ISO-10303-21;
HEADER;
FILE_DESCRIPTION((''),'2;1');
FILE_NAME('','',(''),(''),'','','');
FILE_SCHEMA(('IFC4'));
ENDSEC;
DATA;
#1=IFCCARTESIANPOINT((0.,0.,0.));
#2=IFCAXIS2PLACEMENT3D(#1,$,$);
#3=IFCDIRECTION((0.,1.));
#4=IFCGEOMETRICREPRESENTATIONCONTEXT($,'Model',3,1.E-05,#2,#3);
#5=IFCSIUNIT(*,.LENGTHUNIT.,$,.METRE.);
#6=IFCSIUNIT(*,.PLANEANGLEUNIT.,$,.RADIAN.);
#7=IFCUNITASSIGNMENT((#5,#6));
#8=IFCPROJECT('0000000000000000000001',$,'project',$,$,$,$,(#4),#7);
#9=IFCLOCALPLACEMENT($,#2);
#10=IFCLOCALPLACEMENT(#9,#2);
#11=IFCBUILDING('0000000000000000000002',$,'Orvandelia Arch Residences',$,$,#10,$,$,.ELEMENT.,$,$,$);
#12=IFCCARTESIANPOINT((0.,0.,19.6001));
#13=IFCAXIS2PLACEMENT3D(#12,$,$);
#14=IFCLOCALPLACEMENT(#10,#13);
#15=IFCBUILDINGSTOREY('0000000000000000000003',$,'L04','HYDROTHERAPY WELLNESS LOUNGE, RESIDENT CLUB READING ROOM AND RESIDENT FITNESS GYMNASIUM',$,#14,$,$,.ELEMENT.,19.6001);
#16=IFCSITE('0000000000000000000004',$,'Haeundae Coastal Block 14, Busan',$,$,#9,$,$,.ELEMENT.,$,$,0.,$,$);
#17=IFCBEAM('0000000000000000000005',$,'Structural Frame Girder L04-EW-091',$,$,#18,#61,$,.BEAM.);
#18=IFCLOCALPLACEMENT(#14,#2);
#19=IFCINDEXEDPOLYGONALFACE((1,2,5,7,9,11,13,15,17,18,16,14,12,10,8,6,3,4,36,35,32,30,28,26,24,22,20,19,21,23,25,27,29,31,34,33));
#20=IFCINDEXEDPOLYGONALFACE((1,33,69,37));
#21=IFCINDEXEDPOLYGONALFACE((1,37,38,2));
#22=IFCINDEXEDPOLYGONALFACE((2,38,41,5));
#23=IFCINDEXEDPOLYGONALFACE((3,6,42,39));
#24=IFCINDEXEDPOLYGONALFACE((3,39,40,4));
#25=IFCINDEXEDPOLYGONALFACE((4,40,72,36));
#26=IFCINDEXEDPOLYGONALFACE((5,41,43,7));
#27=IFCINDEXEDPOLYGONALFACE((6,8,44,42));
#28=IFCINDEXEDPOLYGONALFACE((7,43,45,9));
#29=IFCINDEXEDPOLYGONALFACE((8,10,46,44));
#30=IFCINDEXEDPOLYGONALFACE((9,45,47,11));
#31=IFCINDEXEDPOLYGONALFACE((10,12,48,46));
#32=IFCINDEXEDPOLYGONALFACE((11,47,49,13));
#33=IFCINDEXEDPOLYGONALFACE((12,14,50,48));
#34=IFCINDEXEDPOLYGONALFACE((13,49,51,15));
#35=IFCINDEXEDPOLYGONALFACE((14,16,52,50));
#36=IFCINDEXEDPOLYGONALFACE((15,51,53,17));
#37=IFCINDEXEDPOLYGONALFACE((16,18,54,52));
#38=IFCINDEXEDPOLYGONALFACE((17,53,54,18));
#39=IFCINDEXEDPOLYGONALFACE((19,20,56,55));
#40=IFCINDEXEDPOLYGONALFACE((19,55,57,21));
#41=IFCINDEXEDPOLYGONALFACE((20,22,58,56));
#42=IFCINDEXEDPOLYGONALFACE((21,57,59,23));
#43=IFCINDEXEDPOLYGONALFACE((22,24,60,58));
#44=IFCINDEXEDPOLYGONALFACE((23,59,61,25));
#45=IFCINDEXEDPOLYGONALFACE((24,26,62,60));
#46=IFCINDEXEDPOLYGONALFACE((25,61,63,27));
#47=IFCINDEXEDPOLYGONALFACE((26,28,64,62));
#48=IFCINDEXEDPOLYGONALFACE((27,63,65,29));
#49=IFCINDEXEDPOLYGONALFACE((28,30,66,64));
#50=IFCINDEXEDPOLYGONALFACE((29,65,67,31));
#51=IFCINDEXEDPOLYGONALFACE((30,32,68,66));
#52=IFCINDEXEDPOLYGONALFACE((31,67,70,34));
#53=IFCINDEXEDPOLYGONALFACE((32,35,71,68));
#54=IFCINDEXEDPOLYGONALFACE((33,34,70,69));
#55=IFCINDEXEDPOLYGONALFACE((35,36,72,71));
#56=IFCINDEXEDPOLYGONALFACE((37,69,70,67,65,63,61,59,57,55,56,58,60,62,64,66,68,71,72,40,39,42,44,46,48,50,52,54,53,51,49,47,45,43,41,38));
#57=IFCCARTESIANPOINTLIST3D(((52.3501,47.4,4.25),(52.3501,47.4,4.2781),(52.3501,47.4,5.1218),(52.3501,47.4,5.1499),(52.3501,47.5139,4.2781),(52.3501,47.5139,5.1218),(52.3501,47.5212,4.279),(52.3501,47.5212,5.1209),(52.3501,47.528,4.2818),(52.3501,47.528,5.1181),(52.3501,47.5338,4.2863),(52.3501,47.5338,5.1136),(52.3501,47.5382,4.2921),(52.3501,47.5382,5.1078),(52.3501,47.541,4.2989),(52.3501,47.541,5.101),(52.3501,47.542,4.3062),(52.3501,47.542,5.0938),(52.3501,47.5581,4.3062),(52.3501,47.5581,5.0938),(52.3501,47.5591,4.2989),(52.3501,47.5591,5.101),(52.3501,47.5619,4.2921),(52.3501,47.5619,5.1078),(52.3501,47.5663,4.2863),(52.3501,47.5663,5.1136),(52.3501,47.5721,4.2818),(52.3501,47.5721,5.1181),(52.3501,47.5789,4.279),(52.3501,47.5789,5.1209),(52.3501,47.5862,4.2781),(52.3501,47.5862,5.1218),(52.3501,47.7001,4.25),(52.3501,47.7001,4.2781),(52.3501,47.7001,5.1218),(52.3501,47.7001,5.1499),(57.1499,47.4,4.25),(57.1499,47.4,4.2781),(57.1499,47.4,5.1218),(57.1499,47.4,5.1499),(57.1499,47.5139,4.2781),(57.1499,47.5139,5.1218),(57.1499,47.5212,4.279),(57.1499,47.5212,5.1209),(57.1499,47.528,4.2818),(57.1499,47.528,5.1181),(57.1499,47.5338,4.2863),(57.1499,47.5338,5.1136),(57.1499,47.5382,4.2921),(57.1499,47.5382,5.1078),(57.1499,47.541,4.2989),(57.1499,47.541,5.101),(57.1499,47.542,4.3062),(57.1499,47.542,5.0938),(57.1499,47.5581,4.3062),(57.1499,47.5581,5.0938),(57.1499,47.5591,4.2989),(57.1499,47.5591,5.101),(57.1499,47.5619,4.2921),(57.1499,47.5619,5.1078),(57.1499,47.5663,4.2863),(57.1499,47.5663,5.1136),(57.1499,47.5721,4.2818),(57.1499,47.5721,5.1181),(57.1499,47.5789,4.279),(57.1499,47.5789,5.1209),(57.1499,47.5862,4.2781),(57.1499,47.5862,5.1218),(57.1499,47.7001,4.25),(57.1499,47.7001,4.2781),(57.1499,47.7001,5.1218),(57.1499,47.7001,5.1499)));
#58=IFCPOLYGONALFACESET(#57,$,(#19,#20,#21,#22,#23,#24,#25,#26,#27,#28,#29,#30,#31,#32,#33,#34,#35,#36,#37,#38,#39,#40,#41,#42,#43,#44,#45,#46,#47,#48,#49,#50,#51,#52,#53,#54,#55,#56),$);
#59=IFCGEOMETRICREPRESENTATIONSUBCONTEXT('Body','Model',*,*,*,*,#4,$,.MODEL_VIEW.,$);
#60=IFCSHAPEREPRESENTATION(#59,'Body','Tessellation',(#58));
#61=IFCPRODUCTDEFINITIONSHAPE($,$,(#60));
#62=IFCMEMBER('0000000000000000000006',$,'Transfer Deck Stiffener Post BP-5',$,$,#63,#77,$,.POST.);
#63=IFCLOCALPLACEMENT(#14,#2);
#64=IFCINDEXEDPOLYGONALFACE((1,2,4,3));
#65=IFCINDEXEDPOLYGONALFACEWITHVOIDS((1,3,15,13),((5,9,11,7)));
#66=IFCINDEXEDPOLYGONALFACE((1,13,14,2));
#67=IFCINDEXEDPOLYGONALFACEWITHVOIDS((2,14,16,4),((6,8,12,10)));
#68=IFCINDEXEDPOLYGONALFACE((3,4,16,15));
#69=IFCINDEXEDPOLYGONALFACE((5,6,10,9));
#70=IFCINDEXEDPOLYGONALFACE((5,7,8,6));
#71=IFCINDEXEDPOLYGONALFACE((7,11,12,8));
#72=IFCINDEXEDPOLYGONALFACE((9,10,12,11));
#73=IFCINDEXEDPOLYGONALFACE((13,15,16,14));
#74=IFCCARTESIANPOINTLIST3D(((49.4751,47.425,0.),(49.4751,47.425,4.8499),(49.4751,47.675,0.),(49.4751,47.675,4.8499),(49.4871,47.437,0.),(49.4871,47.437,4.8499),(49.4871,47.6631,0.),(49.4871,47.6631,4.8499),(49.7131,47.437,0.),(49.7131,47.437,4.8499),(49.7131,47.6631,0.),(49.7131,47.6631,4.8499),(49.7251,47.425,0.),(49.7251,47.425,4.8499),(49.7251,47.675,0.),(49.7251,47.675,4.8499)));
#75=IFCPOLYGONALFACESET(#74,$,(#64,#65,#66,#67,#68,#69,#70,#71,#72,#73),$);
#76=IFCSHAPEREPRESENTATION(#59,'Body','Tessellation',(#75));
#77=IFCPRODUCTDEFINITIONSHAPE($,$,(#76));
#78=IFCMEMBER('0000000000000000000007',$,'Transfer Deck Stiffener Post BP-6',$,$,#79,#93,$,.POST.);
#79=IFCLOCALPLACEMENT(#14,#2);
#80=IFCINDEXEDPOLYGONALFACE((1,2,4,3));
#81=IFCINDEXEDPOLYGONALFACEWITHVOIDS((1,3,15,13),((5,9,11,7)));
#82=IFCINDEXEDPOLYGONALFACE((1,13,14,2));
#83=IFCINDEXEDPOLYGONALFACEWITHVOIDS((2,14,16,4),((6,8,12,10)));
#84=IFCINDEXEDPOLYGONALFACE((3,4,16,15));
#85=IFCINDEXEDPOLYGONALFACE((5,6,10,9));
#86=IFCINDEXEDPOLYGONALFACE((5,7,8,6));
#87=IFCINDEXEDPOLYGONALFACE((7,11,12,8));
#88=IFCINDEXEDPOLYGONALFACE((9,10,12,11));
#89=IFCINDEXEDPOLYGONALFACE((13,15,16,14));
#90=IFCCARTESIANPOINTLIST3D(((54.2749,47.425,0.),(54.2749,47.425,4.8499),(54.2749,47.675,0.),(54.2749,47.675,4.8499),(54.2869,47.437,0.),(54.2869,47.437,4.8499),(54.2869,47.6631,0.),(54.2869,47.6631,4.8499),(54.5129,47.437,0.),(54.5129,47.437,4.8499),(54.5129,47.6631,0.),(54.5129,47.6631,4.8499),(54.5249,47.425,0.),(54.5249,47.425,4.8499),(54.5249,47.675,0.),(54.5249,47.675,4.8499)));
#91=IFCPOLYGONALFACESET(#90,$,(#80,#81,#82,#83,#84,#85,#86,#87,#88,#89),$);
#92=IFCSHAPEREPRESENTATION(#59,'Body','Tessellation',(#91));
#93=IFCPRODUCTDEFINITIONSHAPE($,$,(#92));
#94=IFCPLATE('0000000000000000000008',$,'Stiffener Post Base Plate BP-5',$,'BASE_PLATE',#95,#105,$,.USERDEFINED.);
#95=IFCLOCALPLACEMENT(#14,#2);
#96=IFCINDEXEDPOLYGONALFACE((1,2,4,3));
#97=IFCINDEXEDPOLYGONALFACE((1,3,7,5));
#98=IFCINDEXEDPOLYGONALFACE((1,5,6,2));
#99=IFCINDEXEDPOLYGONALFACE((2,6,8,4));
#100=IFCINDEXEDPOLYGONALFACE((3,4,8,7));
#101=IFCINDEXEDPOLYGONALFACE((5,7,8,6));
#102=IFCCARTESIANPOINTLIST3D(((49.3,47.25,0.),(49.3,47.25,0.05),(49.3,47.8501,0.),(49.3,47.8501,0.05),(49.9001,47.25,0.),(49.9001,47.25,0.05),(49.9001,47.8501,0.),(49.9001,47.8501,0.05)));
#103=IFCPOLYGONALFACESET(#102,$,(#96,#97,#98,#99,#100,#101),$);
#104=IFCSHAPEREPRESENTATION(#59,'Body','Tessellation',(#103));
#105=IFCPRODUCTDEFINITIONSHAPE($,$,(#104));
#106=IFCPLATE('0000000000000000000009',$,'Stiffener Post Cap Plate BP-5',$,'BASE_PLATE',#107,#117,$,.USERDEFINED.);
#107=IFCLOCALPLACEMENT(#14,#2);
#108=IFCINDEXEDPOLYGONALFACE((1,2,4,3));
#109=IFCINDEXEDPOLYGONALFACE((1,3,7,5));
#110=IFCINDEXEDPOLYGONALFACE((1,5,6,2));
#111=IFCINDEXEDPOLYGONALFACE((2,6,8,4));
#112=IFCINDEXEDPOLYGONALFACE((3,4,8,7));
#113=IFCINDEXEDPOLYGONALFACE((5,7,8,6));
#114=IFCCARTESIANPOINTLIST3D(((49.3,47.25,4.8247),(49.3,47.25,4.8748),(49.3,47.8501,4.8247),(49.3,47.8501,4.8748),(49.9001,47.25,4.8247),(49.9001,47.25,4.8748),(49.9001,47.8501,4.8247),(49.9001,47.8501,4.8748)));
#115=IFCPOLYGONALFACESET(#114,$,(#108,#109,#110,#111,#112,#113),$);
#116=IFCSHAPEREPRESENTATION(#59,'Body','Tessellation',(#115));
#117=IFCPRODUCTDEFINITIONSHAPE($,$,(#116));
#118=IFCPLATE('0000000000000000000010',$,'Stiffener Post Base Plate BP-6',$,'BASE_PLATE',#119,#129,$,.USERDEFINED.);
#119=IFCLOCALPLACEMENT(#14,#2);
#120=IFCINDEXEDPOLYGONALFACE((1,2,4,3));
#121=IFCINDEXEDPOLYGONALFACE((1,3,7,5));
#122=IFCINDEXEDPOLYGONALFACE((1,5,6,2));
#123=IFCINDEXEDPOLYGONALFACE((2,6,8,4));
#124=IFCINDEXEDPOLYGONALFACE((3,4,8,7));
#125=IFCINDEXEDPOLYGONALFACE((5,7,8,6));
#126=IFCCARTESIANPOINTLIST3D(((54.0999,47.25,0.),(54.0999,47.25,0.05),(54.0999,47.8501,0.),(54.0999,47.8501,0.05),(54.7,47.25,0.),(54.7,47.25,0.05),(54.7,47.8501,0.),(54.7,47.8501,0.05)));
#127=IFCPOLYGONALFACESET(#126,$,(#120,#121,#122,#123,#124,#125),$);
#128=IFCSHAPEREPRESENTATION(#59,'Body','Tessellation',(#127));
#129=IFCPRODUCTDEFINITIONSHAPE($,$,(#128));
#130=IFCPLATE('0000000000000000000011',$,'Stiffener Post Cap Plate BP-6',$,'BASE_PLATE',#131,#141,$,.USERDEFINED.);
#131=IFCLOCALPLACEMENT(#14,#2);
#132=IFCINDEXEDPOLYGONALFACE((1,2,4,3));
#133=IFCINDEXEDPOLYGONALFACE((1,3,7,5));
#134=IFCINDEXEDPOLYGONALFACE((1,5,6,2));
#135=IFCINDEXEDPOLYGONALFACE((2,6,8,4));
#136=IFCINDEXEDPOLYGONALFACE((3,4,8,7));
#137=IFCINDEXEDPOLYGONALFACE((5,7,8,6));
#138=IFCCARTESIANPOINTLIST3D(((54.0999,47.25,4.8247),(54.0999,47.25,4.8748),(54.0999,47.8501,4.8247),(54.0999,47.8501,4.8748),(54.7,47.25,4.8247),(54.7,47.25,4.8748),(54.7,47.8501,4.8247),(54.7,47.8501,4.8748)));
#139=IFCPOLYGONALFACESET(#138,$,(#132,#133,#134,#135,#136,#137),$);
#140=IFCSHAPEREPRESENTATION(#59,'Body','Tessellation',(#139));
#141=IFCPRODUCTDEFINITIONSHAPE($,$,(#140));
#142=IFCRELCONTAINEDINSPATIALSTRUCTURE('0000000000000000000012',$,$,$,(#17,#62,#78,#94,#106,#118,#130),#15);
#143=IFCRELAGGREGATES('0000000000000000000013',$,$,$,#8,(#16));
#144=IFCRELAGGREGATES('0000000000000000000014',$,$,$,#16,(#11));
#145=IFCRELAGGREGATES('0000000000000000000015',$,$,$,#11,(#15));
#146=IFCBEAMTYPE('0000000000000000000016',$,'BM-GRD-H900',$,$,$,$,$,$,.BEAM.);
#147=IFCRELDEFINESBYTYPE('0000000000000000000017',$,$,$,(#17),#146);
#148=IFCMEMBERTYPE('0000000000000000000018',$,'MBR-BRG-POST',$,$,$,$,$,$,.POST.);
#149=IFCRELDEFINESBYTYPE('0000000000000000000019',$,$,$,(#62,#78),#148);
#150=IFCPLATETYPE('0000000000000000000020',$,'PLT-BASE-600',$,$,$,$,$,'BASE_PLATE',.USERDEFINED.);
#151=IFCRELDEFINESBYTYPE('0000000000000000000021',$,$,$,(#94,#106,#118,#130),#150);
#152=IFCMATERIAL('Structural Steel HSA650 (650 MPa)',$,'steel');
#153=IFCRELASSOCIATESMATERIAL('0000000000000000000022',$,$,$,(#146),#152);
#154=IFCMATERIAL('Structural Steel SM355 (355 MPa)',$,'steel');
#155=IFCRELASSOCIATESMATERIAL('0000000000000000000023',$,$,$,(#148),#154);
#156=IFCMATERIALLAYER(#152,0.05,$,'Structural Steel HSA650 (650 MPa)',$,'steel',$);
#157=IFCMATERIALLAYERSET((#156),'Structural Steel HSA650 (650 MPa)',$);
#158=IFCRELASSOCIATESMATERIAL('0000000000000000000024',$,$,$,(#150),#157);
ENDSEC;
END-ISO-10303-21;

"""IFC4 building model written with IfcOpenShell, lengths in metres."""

from ifc_helpers import new_model, si_unit, direction, frame, origin, origin_2d, place, context, subcontext, project, spatial, rectangle, hollow_rectangle, i_section, extrude, material, layer, layer_set, material_profile, profile_set, type_object, element, save


model = new_model("IFC4")

# Units and contexts
model_context = context("Model", 3, precision=1e-05, world=origin(), true_north=direction((0.0, 1.0)))
body_context = subcontext(model_context, "Body", "Model", "MODEL_VIEW")
ifc_project = project(units=[si_unit("LENGTHUNIT", "METRE"), si_unit("PLANEANGLEUNIT", "RADIAN")], contexts=[model_context])

# Site, building, storey
site_placement = place(None, origin())
site = spatial("IfcSite", under=ifc_project, at=site_placement, Name="Haeundae Coastal Block 14, Busan", CompositionType="ELEMENT", RefElevation=0.0)
building_placement = place(site_placement, origin())
building = spatial("IfcBuilding", under=site, at=building_placement, Name="Orvandelia Arch Residences", CompositionType="ELEMENT")
storey_placement = place(building_placement, frame((0.0, 0.0, 19.6001)))
storey = spatial("IfcBuildingStorey", under=building, at=storey_placement, Name="L04", Description="HYDROTHERAPY WELLNESS LOUNGE, RESIDENT CLUB READING ROOM AND RESIDENT FITNESS GYMNASIUM", CompositionType="ELEMENT", Elevation=19.6001)

# Beam
ifc_material_1 = material(Name="Structural Steel HSA650 (650 MPa)", Category="steel")
ifc_material_profile_1 = material_profile(ifc_material_1, i_section(OverallWidth=0.3, OverallDepth=0.8999, WebThickness=0.0161, FlangeThickness=0.0281, FilletRadius=0.0281, at=origin_2d()), Name="Structural Steel HSA650 (650 MPa)", Category="steel")
ifc_profile_set_1 = profile_set([ifc_material_profile_1], Name="Structural Steel HSA650 (650 MPa)")
beam_type = type_object("IfcBeamType", Name="BM-GRD-H900", PredefinedType="BEAM", material=ifc_profile_set_1)
beam_1_placement = place(storey_placement, frame((52.3501, 47.55, 4.7), z_axis=(1.0, 0.0, 0.0), x_axis=(0.0, 1.0, 0.0)))
element("IfcBeam", 1, at=beam_1_placement, inside=storey, type_object=beam_type, Name="Structural Frame Girder L04-EW-091", PredefinedType="BEAM", context=body_context, shape_type="SweptSolid", body=[
    extrude(i_section(OverallWidth=0.3, OverallDepth=0.8999, WebThickness=0.0161, FlangeThickness=0.0281, FilletRadius=0.0281, at=origin_2d()), origin(), (0.0, 0.0, 1.0), 4.7998),
])

# Members
ifc_material_2 = material(Name="Structural Steel SM355 (355 MPa)", Category="steel")
ifc_material_profile_2 = material_profile(ifc_material_2, hollow_rectangle(XDim=0.25, YDim=0.25, WallThickness=0.012, at=origin_2d()), Name="Structural Steel SM355 (355 MPa)", Category="steel")
ifc_profile_set_2 = profile_set([ifc_material_profile_2], Name="Structural Steel SM355 (355 MPa)")
member_type = type_object("IfcMemberType", Name="MBR-BRG-POST", PredefinedType="POST", material=ifc_profile_set_2)
for number, where, z_axis, x_axis, name in (
    (2, (49.6001, 47.55, 0.0), (0.0, 0.0, 1.0), (1.0, 0.0, 0.0), "Transfer Deck Stiffener Post BP-5"),
    (3, (54.3999, 47.55, 0.0), (0.0, 0.0, 1.0), (1.0, 0.0, 0.0), "Transfer Deck Stiffener Post BP-6"),
):
    element("IfcMember", number, at=place(storey_placement, frame(where, z_axis=z_axis, x_axis=x_axis)), inside=storey, type_object=member_type, Name=name, PredefinedType="POST", context=body_context, shape_type="SweptSolid", body=[
        extrude(hollow_rectangle(XDim=0.25, YDim=0.25, WallThickness=0.012, at=origin_2d()), origin(), (0.0, 0.0, 1.0), 4.8499),
    ])

# Plates
ifc_layer_1 = layer(ifc_material_1, 0.05, Name="Structural Steel HSA650 (650 MPa)", Category="steel")
ifc_layer_set_1 = layer_set([ifc_layer_1], Name="Structural Steel HSA650 (650 MPa)")
plate_type = type_object("IfcPlateType", Name="PLT-BASE-600", ElementType="BASE_PLATE", PredefinedType="USERDEFINED", material=ifc_layer_set_1)
for number, where, z_axis, x_axis, name in (
    (4, (49.6001, 47.55, 0.0), (0.0, 0.0, 1.0), (1.0, 0.0, 0.0), "Stiffener Post Base Plate BP-5"),
    (5, (49.6001, 47.55, 4.8247), (0.0, 0.0, 1.0), (1.0, 0.0, 0.0), "Stiffener Post Cap Plate BP-5"),
    (6, (54.3999, 47.55, 0.0), (0.0, 0.0, 1.0), (1.0, 0.0, 0.0), "Stiffener Post Base Plate BP-6"),
    (7, (54.3999, 47.55, 4.8247), (0.0, 0.0, 1.0), (1.0, 0.0, 0.0), "Stiffener Post Cap Plate BP-6"),
):
    element("IfcPlate", number, at=place(storey_placement, frame(where, z_axis=z_axis, x_axis=x_axis)), inside=storey, type_object=plate_type, Name=name, ObjectType="BASE_PLATE", PredefinedType="USERDEFINED", context=body_context, shape_type="SweptSolid", body=[
        extrude(rectangle(XDim=0.6001, YDim=0.6001, at=origin_2d()), origin(), (0.0, 0.0, 1.0), 0.05),
    ])

save(model, "model.ifc")
